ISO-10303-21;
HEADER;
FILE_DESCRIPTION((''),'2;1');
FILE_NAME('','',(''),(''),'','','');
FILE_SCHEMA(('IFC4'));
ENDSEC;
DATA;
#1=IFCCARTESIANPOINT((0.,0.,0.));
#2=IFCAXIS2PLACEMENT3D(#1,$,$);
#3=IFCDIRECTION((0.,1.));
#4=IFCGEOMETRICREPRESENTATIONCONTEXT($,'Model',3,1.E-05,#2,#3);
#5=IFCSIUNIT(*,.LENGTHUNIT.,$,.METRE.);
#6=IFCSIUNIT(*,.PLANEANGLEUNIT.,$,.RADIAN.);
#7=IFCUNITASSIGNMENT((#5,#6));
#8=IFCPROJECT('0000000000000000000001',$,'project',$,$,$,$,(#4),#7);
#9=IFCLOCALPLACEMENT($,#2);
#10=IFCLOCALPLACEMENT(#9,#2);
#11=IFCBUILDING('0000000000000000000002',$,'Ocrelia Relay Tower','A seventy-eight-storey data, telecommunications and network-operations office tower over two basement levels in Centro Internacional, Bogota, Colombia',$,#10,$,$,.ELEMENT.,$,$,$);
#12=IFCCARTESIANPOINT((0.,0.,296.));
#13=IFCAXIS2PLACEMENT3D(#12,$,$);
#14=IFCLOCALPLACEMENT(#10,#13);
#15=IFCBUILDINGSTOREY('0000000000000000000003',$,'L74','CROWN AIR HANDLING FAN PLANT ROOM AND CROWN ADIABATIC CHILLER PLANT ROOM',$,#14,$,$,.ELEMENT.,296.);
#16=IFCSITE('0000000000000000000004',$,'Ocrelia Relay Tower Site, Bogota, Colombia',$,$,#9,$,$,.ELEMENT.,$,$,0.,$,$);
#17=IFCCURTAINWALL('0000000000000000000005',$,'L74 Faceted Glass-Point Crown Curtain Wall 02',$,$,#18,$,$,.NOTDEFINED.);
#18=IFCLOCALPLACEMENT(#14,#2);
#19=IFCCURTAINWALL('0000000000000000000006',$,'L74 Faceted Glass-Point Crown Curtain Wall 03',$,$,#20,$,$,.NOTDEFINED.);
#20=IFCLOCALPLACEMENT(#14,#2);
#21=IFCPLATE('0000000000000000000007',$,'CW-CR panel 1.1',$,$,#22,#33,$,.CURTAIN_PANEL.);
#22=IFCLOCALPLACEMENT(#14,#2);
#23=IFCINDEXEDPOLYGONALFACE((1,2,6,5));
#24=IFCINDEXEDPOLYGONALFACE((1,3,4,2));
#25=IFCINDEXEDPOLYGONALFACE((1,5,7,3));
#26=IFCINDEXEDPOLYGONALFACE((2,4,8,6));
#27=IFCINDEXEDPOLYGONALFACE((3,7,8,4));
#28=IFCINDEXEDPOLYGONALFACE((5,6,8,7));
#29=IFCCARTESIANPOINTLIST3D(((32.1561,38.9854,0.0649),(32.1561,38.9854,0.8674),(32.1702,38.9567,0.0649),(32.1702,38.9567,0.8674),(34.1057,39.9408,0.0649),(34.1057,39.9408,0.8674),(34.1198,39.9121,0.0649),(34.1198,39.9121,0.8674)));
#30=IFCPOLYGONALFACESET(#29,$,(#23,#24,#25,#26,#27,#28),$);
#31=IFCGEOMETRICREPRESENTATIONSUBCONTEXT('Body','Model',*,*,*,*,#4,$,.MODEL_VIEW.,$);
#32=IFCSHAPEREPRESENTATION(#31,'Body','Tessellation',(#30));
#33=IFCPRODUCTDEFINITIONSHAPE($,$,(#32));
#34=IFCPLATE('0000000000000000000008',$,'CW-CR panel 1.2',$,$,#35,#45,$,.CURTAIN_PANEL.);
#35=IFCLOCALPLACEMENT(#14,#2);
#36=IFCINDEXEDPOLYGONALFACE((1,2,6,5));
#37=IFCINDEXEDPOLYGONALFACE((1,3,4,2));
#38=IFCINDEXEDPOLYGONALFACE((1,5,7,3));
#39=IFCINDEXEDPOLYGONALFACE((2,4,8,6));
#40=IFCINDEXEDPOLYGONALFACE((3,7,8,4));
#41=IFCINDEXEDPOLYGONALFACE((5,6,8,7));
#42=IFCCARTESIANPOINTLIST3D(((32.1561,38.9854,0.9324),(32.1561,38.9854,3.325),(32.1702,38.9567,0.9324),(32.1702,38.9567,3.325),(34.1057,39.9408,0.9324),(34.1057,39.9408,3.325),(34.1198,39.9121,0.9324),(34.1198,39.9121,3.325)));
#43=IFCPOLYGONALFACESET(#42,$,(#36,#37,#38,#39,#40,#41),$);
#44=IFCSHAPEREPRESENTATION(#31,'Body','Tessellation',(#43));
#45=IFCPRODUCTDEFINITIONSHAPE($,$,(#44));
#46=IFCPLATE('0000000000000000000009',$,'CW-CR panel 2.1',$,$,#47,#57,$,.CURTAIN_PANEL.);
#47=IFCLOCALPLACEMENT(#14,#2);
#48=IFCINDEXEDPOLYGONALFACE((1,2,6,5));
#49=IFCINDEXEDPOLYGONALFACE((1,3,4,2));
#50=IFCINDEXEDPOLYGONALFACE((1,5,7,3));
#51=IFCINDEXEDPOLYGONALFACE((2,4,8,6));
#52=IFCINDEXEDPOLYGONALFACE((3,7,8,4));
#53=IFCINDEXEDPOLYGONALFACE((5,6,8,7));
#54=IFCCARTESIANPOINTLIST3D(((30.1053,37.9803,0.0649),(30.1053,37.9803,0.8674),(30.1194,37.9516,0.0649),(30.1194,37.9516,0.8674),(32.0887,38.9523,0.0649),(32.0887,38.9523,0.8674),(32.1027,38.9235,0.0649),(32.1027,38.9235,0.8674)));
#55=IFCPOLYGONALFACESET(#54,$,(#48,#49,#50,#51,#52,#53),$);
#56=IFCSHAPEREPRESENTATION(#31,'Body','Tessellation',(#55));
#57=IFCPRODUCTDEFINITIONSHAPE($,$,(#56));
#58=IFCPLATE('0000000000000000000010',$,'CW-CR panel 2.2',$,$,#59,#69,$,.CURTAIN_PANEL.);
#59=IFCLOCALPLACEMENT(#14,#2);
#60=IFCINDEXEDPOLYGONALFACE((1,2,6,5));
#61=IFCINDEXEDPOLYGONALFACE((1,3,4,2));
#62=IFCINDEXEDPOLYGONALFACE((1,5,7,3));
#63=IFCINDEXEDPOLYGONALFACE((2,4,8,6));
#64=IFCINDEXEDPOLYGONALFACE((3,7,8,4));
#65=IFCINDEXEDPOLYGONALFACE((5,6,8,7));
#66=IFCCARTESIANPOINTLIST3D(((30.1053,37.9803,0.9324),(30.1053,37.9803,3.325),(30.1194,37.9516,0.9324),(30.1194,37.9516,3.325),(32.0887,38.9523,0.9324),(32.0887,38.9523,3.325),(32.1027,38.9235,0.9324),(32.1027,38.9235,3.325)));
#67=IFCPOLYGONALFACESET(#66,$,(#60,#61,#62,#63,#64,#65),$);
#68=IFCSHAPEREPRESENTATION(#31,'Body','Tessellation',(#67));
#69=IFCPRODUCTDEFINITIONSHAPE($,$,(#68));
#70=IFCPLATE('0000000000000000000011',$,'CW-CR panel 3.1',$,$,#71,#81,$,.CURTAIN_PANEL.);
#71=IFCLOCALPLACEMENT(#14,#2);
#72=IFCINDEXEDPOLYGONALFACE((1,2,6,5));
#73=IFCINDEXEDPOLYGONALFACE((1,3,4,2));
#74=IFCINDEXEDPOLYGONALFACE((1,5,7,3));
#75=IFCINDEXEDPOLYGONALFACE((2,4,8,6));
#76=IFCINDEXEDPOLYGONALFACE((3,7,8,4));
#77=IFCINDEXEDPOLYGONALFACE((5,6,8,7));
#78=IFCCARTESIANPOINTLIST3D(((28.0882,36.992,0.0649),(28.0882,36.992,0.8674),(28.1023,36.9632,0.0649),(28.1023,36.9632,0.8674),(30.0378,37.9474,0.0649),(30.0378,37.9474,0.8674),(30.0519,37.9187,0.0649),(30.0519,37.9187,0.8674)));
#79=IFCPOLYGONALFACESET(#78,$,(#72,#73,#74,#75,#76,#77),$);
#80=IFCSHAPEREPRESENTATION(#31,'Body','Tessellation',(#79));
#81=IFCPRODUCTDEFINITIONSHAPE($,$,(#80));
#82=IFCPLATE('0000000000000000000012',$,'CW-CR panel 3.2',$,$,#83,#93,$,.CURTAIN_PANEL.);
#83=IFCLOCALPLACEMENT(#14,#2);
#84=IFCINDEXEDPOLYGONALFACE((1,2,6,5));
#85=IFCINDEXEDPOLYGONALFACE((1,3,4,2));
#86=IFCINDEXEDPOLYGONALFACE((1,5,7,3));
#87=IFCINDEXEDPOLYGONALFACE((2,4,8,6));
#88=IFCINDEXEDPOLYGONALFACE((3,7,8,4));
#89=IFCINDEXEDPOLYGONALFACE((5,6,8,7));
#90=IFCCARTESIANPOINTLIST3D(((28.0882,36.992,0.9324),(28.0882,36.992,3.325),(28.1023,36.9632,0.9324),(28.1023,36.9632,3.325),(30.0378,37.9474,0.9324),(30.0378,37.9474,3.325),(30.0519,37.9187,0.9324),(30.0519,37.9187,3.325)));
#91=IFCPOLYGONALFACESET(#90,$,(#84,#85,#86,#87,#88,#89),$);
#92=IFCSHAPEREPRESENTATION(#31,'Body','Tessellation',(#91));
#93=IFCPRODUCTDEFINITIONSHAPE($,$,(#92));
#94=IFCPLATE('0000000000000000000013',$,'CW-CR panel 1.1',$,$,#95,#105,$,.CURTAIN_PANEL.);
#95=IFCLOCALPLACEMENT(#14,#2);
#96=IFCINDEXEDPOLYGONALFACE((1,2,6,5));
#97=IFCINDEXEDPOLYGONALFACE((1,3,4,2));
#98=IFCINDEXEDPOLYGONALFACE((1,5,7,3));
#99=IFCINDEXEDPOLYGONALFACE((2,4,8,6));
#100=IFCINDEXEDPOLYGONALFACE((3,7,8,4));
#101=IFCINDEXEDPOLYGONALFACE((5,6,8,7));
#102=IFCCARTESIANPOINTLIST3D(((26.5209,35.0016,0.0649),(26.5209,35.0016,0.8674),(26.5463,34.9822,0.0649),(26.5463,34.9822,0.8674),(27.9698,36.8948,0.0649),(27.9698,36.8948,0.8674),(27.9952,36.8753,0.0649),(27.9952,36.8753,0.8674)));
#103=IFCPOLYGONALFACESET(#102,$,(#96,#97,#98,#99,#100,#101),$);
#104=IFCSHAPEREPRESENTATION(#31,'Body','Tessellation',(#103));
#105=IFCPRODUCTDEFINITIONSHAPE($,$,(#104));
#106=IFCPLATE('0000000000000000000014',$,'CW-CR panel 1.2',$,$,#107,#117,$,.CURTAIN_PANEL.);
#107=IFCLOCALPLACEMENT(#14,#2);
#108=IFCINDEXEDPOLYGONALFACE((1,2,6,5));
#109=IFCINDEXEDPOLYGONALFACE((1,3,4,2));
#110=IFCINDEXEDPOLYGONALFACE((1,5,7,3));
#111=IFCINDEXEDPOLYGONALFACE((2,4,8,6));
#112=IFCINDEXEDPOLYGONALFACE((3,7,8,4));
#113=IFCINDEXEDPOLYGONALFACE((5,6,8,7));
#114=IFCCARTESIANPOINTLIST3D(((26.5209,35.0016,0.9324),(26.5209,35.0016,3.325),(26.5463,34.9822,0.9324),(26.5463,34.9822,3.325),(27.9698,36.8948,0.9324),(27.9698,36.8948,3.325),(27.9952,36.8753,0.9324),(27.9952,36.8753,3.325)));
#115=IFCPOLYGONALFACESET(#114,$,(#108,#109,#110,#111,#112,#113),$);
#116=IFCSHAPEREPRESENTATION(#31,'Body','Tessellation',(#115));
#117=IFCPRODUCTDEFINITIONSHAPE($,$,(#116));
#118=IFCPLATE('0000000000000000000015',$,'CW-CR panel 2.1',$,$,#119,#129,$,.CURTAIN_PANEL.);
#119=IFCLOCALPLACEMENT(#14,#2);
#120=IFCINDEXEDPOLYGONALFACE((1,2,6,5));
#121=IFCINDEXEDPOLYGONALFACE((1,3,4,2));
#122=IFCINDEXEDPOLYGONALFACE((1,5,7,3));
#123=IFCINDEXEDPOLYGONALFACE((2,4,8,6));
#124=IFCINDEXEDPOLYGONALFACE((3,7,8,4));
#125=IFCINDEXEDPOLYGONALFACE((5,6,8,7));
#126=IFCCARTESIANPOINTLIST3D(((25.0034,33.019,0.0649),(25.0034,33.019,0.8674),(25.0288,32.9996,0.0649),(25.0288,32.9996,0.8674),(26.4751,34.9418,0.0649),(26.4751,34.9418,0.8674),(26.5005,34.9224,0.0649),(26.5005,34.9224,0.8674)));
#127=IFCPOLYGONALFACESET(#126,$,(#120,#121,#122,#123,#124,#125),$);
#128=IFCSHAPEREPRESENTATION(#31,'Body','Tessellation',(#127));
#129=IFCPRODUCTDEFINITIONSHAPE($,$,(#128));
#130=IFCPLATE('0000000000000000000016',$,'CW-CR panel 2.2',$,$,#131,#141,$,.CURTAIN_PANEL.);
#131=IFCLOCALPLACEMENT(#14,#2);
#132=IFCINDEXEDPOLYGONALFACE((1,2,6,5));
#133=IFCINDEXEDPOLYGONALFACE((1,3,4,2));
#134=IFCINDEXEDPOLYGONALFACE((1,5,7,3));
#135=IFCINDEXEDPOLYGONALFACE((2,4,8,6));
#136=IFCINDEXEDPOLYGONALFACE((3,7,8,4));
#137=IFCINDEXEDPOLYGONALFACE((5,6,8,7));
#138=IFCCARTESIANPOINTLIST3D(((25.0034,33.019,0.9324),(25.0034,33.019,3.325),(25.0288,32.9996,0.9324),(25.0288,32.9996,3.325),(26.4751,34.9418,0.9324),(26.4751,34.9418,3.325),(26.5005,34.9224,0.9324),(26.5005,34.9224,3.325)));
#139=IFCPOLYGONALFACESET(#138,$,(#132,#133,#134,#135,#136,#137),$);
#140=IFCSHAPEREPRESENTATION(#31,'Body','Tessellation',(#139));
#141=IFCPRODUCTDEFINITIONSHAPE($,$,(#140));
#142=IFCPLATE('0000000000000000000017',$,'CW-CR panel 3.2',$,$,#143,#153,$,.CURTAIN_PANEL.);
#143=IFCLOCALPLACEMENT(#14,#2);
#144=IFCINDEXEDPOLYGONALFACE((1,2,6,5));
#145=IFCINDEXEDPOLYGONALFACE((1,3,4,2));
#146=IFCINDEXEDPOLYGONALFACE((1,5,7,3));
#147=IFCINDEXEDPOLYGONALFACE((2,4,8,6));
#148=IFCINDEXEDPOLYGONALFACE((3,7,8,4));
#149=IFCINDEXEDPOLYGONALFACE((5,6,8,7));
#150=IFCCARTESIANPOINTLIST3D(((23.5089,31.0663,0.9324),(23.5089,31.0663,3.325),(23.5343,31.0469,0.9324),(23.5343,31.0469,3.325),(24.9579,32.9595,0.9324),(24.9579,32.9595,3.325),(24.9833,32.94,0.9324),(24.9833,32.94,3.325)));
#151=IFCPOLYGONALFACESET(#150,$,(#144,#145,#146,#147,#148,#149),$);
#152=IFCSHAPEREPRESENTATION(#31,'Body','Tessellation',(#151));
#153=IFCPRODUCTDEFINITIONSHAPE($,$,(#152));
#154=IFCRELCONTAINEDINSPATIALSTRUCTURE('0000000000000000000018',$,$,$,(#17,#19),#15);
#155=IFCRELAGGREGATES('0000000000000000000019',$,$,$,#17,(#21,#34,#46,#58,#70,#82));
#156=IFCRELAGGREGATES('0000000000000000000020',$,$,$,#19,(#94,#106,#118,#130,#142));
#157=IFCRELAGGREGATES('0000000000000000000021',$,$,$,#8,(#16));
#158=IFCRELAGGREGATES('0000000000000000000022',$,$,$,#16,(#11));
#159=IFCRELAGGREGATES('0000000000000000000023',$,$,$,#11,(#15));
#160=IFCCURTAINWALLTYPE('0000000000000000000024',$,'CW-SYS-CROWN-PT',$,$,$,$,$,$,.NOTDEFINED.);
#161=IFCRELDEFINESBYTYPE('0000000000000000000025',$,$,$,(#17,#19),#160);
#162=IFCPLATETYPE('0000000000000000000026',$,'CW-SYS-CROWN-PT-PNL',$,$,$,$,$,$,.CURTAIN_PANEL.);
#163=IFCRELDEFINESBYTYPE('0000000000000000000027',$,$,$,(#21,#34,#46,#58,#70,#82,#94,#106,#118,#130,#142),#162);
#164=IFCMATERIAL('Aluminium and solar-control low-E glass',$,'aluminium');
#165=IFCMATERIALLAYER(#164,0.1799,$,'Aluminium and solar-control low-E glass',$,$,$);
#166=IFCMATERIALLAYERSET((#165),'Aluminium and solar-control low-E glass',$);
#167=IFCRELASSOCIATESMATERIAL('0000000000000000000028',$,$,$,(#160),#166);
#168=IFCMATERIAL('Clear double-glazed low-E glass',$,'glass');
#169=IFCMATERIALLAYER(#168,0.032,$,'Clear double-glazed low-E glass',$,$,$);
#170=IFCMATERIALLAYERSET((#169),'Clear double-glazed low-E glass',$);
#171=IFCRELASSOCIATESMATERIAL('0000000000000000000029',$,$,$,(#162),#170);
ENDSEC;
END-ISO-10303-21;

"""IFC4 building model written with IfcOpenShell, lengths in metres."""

from ifc_helpers import new_model, si_unit, direction, frame, origin, origin_2d, place, context, subcontext, project, spatial, rectangle, extrude, material, layer, layer_set, type_object, element, aggregate, save


model = new_model("IFC4")

# Units and contexts
model_context = context("Model", 3, precision=1e-05, world=origin(), true_north=direction((0.0, 1.0)))
body_context = subcontext(model_context, "Body", "Model", "MODEL_VIEW")
ifc_project = project(units=[si_unit("LENGTHUNIT", "METRE"), si_unit("PLANEANGLEUNIT", "RADIAN")], contexts=[model_context])

# Site, building, storey
site_placement = place(None, origin())
site = spatial("IfcSite", under=ifc_project, at=site_placement, Name="Ocrelia Relay Tower Site, Bogota, Colombia", CompositionType="ELEMENT", RefElevation=0.0)
building_placement = place(site_placement, origin())
building = spatial("IfcBuilding", under=site, at=building_placement, Name="Ocrelia Relay Tower", Description="A seventy-eight-storey data, telecommunications and network-operations office tower over two basement levels in Centro Internacional, Bogota, Colombia", CompositionType="ELEMENT")
storey_placement = place(building_placement, frame((0.0, 0.0, 296.0)))
storey = spatial("IfcBuildingStorey", under=building, at=storey_placement, Name="L74", Description="CROWN AIR HANDLING FAN PLANT ROOM AND CROWN ADIABATIC CHILLER PLANT ROOM", CompositionType="ELEMENT", Elevation=296.0)

# Curtain walls
ifc_material_1 = material(Name="Aluminium and solar-control low-E glass", Category="aluminium")
ifc_layer_1 = layer(ifc_material_1, 0.1799, Name="Aluminium and solar-control low-E glass")
ifc_layer_set_1 = layer_set([ifc_layer_1], Name="Aluminium and solar-control low-E glass")
curtain_wall_type = type_object("IfcCurtainWallType", Name="CW-SYS-CROWN-PT", PredefinedType="NOTDEFINED", material=ifc_layer_set_1)
curtain_wall_1_placement = place(storey_placement, origin())
curtain_wall_1 = element("IfcCurtainWall", 1, at=curtain_wall_1_placement, inside=storey, type_object=curtain_wall_type, Name="L74 Faceted Glass-Point Crown Curtain Wall 02", PredefinedType="NOTDEFINED")
curtain_wall_2_placement = place(storey_placement, origin())
curtain_wall_2 = element("IfcCurtainWall", 2, at=curtain_wall_2_placement, inside=storey, type_object=curtain_wall_type, Name="L74 Faceted Glass-Point Crown Curtain Wall 03", PredefinedType="NOTDEFINED")

# Plates
ifc_material_2 = material(Name="Clear double-glazed low-E glass", Category="glass")
ifc_layer_2 = layer(ifc_material_2, 0.032, Name="Clear double-glazed low-E glass")
ifc_layer_set_2 = layer_set([ifc_layer_2], Name="Clear double-glazed low-E glass")
plate_type = type_object("IfcPlateType", Name="CW-SYS-CROWN-PT-PNL", PredefinedType="CURTAIN_PANEL", material=ifc_layer_set_2)
plate_1_placement = place(storey_placement, frame((33.1379, 39.4487, 0.0649), z_axis=(0.0, 0.0, 1.0), x_axis=(-0.897969, -0.440059, 0.0)))
plate_1 = element("IfcPlate", 3, at=plate_1_placement, type_object=plate_type, Name="CW-CR panel 1.1", PredefinedType="CURTAIN_PANEL", context=body_context, shape_type="SweptSolid", body=[
    extrude(rectangle(XDim=2.1711, YDim=0.032, at=origin_2d()), origin(), (0.0, 0.0, 1.0), 0.8025),
])
plate_2_placement = place(storey_placement, frame((33.1379, 39.4487, 0.9324), z_axis=(0.0, 0.0, 1.0), x_axis=(-0.897969, -0.440059, 0.0)))
plate_2 = element("IfcPlate", 4, at=plate_2_placement, type_object=plate_type, Name="CW-CR panel 1.2", PredefinedType="CURTAIN_PANEL", context=body_context, shape_type="SweptSolid", body=[
    extrude(rectangle(XDim=2.1711, YDim=0.032, at=origin_2d()), origin(), (0.0, 0.0, 1.0), 2.3926),
])
plate_3_placement = place(storey_placement, frame((31.104, 38.4519, 0.0649), z_axis=(0.0, 0.0, 1.0), x_axis=(-0.897969, -0.440059, 0.0)))
plate_3 = element("IfcPlate", 5, at=plate_3_placement, type_object=plate_type, Name="CW-CR panel 2.1", PredefinedType="CURTAIN_PANEL", context=body_context, shape_type="SweptSolid", body=[
    extrude(rectangle(XDim=2.2087, YDim=0.032, at=origin_2d()), origin(), (0.0, 0.0, 1.0), 0.8025),
])
plate_4_placement = place(storey_placement, frame((31.104, 38.4519, 0.9324), z_axis=(0.0, 0.0, 1.0), x_axis=(-0.897969, -0.440059, 0.0)))
plate_4 = element("IfcPlate", 6, at=plate_4_placement, type_object=plate_type, Name="CW-CR panel 2.2", PredefinedType="CURTAIN_PANEL", context=body_context, shape_type="SweptSolid", body=[
    extrude(rectangle(XDim=2.2087, YDim=0.032, at=origin_2d()), origin(), (0.0, 0.0, 1.0), 2.3926),
])
plate_5_placement = place(storey_placement, frame((29.0701, 37.4553, 0.0649), z_axis=(0.0, 0.0, 1.0), x_axis=(-0.897969, -0.440059, 0.0)))
plate_5 = element("IfcPlate", 7, at=plate_5_placement, type_object=plate_type, Name="CW-CR panel 3.1", PredefinedType="CURTAIN_PANEL", context=body_context, shape_type="SweptSolid", body=[
    extrude(rectangle(XDim=2.1711, YDim=0.032, at=origin_2d()), origin(), (0.0, 0.0, 1.0), 0.8025),
])
plate_6_placement = place(storey_placement, frame((29.0701, 37.4553, 0.9324), z_axis=(0.0, 0.0, 1.0), x_axis=(-0.897969, -0.440059, 0.0)))
plate_6 = element("IfcPlate", 8, at=plate_6_placement, type_object=plate_type, Name="CW-CR panel 3.2", PredefinedType="CURTAIN_PANEL", context=body_context, shape_type="SweptSolid", body=[
    extrude(rectangle(XDim=2.1711, YDim=0.032, at=origin_2d()), origin(), (0.0, 0.0, 1.0), 2.3926),
])
aggregate(curtain_wall_1, [plate_1, plate_2, plate_3, plate_4, plate_5, plate_6])
plate_7_placement = place(storey_placement, frame((27.2581, 35.9385, 0.0649), z_axis=(0.0, 0.0, 1.0), x_axis=(-0.607778, -0.794107, 0.0)))
plate_7 = element("IfcPlate", 9, at=plate_7_placement, type_object=plate_type, Name="CW-CR panel 1.1", PredefinedType="CURTAIN_PANEL", context=body_context, shape_type="SweptSolid", body=[
    extrude(rectangle(XDim=2.384, YDim=0.032, at=origin_2d()), origin(), (0.0, 0.0, 1.0), 0.8025),
])
plate_8_placement = place(storey_placement, frame((27.2581, 35.9385, 0.9324), z_axis=(0.0, 0.0, 1.0), x_axis=(-0.607778, -0.794107, 0.0)))
plate_8 = element("IfcPlate", 10, at=plate_8_placement, type_object=plate_type, Name="CW-CR panel 1.2", PredefinedType="CURTAIN_PANEL", context=body_context, shape_type="SweptSolid", body=[
    extrude(rectangle(XDim=2.384, YDim=0.032, at=origin_2d()), origin(), (0.0, 0.0, 1.0), 2.3926),
])
plate_9_placement = place(storey_placement, frame((25.752, 33.9707, 0.0649), z_axis=(0.0, 0.0, 1.0), x_axis=(-0.607778, -0.794107, 0.0)))
plate_9 = element("IfcPlate", 11, at=plate_9_placement, type_object=plate_type, Name="CW-CR panel 2.1", PredefinedType="CURTAIN_PANEL", context=body_context, shape_type="SweptSolid", body=[
    extrude(rectangle(XDim=2.4214, YDim=0.032, at=origin_2d()), origin(), (0.0, 0.0, 1.0), 0.8025),
])
plate_10_placement = place(storey_placement, frame((25.752, 33.9707, 0.9324), z_axis=(0.0, 0.0, 1.0), x_axis=(-0.607778, -0.794107, 0.0)))
plate_10 = element("IfcPlate", 12, at=plate_10_placement, type_object=plate_type, Name="CW-CR panel 2.2", PredefinedType="CURTAIN_PANEL", context=body_context, shape_type="SweptSolid", body=[
    extrude(rectangle(XDim=2.4214, YDim=0.032, at=origin_2d()), origin(), (0.0, 0.0, 1.0), 2.3926),
])
plate_11_placement = place(storey_placement, frame((24.2461, 32.0032, 0.9324), z_axis=(0.0, 0.0, 1.0), x_axis=(-0.607778, -0.794107, 0.0)))
plate_11 = element("IfcPlate", 13, at=plate_11_placement, type_object=plate_type, Name="CW-CR panel 3.2", PredefinedType="CURTAIN_PANEL", context=body_context, shape_type="SweptSolid", body=[
    extrude(rectangle(XDim=2.384, YDim=0.032, at=origin_2d()), origin(), (0.0, 0.0, 1.0), 2.3926),
])
aggregate(curtain_wall_2, [plate_7, plate_8, plate_9, plate_10, plate_11])

save(model, "model.ifc")
